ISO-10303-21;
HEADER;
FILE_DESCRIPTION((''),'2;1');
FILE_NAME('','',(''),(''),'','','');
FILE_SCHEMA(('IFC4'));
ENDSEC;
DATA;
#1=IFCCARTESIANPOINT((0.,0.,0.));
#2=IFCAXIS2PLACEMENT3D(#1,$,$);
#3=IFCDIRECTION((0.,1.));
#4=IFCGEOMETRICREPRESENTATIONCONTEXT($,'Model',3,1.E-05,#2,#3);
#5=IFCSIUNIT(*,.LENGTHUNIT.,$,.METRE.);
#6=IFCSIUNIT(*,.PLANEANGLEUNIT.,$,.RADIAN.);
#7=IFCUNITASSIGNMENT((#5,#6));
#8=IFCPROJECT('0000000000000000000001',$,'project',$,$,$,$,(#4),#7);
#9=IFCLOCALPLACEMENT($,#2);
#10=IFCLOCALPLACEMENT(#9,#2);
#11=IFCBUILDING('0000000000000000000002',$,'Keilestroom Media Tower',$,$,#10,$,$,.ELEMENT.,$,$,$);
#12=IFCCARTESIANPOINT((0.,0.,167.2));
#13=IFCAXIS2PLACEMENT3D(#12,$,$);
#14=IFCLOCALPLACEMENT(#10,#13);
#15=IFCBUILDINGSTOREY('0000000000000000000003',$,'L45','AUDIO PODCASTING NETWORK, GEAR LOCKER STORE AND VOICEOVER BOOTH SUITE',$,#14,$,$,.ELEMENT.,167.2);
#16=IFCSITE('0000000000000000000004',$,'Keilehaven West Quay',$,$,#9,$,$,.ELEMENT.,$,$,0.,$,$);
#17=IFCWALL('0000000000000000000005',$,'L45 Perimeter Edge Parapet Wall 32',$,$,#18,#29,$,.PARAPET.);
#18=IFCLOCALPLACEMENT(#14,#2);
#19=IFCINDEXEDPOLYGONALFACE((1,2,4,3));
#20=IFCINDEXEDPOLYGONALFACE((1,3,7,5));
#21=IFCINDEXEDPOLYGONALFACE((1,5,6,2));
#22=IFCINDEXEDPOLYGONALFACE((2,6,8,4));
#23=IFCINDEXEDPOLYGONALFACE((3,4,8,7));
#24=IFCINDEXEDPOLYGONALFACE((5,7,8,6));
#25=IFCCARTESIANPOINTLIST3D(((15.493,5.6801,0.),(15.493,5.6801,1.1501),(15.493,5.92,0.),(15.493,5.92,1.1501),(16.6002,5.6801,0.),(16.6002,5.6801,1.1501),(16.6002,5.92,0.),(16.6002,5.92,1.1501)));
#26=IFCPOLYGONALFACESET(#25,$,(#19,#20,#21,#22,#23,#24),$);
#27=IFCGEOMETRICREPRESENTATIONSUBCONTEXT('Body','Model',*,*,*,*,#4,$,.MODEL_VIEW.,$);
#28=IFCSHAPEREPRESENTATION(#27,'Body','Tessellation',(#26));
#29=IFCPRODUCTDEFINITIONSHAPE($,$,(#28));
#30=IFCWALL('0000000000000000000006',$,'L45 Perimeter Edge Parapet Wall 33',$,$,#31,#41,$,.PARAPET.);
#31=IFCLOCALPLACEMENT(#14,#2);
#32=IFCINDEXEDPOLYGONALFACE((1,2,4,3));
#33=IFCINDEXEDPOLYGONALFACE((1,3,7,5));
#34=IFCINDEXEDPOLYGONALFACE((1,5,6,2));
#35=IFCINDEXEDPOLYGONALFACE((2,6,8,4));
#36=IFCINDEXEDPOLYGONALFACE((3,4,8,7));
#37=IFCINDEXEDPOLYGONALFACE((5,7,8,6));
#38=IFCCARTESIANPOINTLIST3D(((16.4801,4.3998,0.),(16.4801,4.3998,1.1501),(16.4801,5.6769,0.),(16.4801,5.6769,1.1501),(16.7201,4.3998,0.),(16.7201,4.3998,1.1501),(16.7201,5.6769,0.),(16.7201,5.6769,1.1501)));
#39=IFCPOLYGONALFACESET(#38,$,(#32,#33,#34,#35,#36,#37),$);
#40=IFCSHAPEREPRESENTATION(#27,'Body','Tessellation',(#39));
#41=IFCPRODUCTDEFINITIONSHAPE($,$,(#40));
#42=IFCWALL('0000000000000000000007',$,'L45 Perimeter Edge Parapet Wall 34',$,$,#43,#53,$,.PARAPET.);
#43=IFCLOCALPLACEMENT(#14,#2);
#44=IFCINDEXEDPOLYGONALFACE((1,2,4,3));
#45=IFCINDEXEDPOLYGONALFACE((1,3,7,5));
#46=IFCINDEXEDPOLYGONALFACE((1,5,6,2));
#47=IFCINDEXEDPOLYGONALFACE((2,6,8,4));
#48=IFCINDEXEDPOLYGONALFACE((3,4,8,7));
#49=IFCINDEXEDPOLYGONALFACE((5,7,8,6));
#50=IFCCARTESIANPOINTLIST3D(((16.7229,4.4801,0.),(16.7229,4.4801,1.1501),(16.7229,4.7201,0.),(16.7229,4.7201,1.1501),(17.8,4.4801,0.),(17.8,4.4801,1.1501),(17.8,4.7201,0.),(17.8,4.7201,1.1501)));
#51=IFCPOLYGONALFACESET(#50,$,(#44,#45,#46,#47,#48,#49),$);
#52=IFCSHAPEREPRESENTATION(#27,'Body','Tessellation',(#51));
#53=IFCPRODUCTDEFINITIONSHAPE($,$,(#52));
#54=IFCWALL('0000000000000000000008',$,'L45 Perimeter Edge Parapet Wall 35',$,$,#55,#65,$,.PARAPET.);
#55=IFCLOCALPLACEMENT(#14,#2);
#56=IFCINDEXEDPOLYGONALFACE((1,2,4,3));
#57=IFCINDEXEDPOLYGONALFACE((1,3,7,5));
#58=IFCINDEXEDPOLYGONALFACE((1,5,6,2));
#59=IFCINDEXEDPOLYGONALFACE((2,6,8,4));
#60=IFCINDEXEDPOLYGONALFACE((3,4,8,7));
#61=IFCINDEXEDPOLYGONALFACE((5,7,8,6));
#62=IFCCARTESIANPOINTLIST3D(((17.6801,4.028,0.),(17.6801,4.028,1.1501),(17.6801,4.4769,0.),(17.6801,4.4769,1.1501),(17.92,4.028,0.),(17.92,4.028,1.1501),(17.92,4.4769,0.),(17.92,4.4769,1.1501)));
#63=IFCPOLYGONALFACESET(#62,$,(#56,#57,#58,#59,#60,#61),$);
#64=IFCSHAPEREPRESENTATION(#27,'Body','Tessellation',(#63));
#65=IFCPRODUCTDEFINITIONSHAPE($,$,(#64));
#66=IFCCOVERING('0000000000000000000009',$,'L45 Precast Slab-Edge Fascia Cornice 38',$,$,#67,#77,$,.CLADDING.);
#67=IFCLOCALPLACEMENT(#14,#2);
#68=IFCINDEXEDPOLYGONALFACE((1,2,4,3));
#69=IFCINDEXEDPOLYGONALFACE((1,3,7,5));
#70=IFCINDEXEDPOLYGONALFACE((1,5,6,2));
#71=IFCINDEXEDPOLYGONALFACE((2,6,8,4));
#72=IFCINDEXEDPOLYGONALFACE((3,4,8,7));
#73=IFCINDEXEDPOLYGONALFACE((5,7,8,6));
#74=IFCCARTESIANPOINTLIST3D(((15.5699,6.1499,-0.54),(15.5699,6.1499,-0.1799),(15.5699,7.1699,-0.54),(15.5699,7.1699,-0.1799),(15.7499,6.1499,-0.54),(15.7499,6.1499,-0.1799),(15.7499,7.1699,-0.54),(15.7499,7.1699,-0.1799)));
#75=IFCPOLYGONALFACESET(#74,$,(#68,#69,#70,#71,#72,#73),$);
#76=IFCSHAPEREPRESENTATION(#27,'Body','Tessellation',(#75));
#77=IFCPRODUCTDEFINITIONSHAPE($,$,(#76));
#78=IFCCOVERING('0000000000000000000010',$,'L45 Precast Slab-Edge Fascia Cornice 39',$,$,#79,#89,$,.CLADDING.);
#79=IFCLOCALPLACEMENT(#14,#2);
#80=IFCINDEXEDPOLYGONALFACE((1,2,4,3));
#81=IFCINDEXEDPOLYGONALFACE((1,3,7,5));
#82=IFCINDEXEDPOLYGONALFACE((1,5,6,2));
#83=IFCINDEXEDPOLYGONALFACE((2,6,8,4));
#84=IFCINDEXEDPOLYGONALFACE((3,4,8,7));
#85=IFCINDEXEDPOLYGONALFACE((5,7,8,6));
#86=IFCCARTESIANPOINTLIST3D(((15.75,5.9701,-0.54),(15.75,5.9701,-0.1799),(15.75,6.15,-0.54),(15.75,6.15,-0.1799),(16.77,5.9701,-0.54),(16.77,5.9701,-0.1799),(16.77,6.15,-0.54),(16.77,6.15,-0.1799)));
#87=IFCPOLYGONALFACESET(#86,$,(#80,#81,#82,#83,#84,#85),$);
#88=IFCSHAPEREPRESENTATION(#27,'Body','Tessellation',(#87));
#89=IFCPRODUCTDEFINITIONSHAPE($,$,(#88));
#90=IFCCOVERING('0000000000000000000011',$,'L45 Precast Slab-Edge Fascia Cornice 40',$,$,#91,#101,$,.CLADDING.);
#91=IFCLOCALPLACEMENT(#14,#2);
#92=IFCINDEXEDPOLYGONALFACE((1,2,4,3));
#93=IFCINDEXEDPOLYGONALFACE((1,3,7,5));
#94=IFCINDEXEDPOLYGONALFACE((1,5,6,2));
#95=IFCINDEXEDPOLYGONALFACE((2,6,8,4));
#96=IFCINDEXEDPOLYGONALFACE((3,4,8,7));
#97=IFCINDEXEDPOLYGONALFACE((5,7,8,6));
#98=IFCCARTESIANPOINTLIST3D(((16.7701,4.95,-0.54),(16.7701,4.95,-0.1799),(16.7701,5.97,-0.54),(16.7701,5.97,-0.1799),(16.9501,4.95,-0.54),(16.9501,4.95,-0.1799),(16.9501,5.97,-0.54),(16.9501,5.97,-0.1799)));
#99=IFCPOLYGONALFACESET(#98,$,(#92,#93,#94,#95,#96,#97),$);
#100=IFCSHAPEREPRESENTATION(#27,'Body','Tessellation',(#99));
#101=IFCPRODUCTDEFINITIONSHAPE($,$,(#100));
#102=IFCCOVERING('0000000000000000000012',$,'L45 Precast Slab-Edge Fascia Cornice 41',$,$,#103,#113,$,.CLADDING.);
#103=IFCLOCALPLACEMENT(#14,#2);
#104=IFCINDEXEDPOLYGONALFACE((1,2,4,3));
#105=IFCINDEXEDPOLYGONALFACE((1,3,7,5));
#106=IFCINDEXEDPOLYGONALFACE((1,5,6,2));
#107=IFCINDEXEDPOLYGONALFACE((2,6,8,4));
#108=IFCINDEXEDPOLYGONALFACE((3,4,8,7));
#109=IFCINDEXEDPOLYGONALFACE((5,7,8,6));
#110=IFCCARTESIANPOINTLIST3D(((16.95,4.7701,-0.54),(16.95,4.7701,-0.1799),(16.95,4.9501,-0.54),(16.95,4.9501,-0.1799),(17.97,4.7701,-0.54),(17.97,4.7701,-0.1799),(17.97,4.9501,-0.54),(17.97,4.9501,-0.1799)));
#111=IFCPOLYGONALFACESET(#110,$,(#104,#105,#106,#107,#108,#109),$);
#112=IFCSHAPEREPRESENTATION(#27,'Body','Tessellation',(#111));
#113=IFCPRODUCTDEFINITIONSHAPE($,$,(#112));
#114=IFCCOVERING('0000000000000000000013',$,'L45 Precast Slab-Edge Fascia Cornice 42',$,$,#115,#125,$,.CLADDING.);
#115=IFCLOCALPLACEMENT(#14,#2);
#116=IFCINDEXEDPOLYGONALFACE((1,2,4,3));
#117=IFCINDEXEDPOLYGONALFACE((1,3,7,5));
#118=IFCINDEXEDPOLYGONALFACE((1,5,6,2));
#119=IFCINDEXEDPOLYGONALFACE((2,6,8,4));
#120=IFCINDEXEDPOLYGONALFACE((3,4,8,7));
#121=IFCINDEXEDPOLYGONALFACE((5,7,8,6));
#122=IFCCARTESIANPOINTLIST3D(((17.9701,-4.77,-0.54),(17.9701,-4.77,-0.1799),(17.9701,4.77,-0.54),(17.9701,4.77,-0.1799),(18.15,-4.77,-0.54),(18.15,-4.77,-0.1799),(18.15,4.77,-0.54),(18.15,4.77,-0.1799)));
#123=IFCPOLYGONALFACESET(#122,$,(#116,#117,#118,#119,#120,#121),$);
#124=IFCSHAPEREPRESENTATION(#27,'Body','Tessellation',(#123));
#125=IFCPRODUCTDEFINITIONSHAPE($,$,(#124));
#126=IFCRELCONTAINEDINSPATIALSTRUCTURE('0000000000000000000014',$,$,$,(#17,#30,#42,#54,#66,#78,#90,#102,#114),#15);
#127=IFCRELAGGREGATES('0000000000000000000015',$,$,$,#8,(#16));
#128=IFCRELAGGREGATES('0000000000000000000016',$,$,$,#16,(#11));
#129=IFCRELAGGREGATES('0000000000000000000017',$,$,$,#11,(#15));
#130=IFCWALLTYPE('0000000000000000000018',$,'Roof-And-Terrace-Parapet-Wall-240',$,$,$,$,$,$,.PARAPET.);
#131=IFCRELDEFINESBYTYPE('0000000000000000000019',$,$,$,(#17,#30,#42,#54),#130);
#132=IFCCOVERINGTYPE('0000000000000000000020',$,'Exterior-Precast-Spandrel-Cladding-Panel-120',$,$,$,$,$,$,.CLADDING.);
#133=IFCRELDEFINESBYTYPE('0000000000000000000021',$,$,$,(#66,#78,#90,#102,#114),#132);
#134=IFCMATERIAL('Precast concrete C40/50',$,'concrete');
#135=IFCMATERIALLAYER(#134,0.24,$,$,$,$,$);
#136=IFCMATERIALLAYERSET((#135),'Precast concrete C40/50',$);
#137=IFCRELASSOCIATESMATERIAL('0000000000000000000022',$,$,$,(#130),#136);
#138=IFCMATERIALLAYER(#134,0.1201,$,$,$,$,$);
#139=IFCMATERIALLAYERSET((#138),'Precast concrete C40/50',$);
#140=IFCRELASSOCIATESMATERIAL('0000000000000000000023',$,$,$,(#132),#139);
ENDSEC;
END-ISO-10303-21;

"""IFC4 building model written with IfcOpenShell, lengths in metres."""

from ifc_helpers import new_model, si_unit, direction, frame, frame_2d, origin, origin_2d, place, context, subcontext, project, spatial, rectangle, extrude, source, transform, mapped, material, layer, layer_set, type_object, element, save


model = new_model("IFC4")

# Units and contexts
model_context = context("Model", 3, precision=1e-05, world=origin(), true_north=direction((0.0, 1.0)))
body_context = subcontext(model_context, "Body", "Model", "MODEL_VIEW")
ifc_project = project(units=[si_unit("LENGTHUNIT", "METRE"), si_unit("PLANEANGLEUNIT", "RADIAN")], contexts=[model_context])

# Site, building, storey
site_placement = place(None, origin())
site = spatial("IfcSite", under=ifc_project, at=site_placement, Name="Keilehaven West Quay", CompositionType="ELEMENT", RefElevation=0.0)
building_placement = place(site_placement, origin())
building = spatial("IfcBuilding", under=site, at=building_placement, Name="Keilestroom Media Tower", CompositionType="ELEMENT")
storey_placement = place(building_placement, frame((0.0, 0.0, 167.2)))
storey = spatial("IfcBuildingStorey", under=building, at=storey_placement, Name="L45", Description="AUDIO PODCASTING NETWORK, GEAR LOCKER STORE AND VOICEOVER BOOTH SUITE", CompositionType="ELEMENT", Elevation=167.2)

# Shared definitions
ifc_material_1 = material(Name="Precast concrete C40/50", Category="concrete")

# Walls
ifc_layer_1 = layer(ifc_material_1, 0.24)
ifc_layer_set_1 = layer_set([ifc_layer_1], Name="Precast concrete C40/50")
wall_type_1 = type_object("IfcWallType", Name="Roof-And-Terrace-Parapet-Wall-240", PredefinedType="PARAPET", material=ifc_layer_set_1)
wall_1_placement = place(storey_placement, frame((15.4929, 5.8, 0.0), z_axis=(0.0, 0.0, 1.0), x_axis=(1.0, 0.0, 0.0)))
element("IfcWall", 1, at=wall_1_placement, inside=storey, type_object=wall_type_1, Name="L45 Perimeter Edge Parapet Wall 32", PredefinedType="PARAPET", context=body_context, shape_type="SweptSolid", body=[
    extrude(rectangle(XDim=1.1072, YDim=0.24, at=frame_2d((0.5537, 0.0))), origin(), (0.0, 0.0, 1.0), 1.1501),
])
wall_2_placement = place(storey_placement, frame((16.6001, 5.677, 0.0), z_axis=(0.0, 0.0, 1.0), x_axis=(0.0, -1.0, 0.0)))
element("IfcWall", 2, at=wall_2_placement, inside=storey, type_object=wall_type_1, Name="L45 Perimeter Edge Parapet Wall 33", PredefinedType="PARAPET", context=body_context, shape_type="SweptSolid", body=[
    extrude(rectangle(XDim=1.2771, YDim=0.24, at=frame_2d((0.6387, 0.0))), origin(), (0.0, 0.0, 1.0), 1.1501),
])
wall_3_placement = place(storey_placement, frame((16.7229, 4.6001, 0.0), z_axis=(0.0, 0.0, 1.0), x_axis=(1.0, 0.0, 0.0)))
element("IfcWall", 3, at=wall_3_placement, inside=storey, type_object=wall_type_1, Name="L45 Perimeter Edge Parapet Wall 34", PredefinedType="PARAPET", context=body_context, shape_type="SweptSolid", body=[
    extrude(rectangle(XDim=1.0771, YDim=0.24, at=frame_2d((0.5386, 0.0))), origin(), (0.0, 0.0, 1.0), 1.1501),
])
wall_4_placement = place(storey_placement, frame((17.8, 4.4771, 0.0), z_axis=(0.0, 0.0, 1.0), x_axis=(0.0, -1.0, 0.0)))
element("IfcWall", 4, at=wall_4_placement, inside=storey, type_object=wall_type_1, Name="L45 Perimeter Edge Parapet Wall 35", PredefinedType="PARAPET", context=body_context, shape_type="SweptSolid", body=[
    extrude(rectangle(XDim=0.449, YDim=0.24, at=frame_2d((0.2246, 0.0))), origin(), (0.0, 0.0, 1.0), 1.1501),
])

# Coverings
ifc_layer_2 = layer(ifc_material_1, 0.1201)
ifc_layer_set_2 = layer_set([ifc_layer_2], Name="Precast concrete C40/50")
covering_type = type_object("IfcCoveringType", Name="Exterior-Precast-Spandrel-Cladding-Panel-120", PredefinedType="CLADDING", material=ifc_layer_set_2)
shared_shape_1 = source(origin(), body_context, "Body", "SweptSolid", [
    extrude(rectangle(XDim=1.02, YDim=0.1799, at=origin_2d()), origin(), (0.0, 0.0, 1.0), 0.3601),
])
for number, where, z_axis, x_axis, name in (
    (5, (15.6599, 6.6599, -0.54), (0.0, 0.0, 1.0), (0.0, -1.0, 0.0), "L45 Precast Slab-Edge Fascia Cornice 38"),
    (6, (16.26, 6.0601, -0.54), (0.0, 0.0, 1.0), (1.0, 0.0, 0.0), "L45 Precast Slab-Edge Fascia Cornice 39"),
    (7, (16.8601, 5.46, -0.54), (0.0, 0.0, 1.0), (0.0, -1.0, 0.0), "L45 Precast Slab-Edge Fascia Cornice 40"),
    (8, (17.46, 4.8601, -0.54), (0.0, 0.0, 1.0), (1.0, 0.0, 0.0), "L45 Precast Slab-Edge Fascia Cornice 41"),
):
    element("IfcCovering", number, at=place(storey_placement, frame(where, z_axis=z_axis, x_axis=x_axis)), inside=storey, type_object=covering_type, Name=name, PredefinedType="CLADDING", context=body_context, shape_type="MappedRepresentation", body=[
        mapped(shared_shape_1, transform((0.0, 0.0, 0.0), x_axis=(1.0, 0.0, 0.0), y_axis=(0.0, 1.0, 0.0), z_axis=(0.0, 0.0, 1.0), scale=1.0)),
    ])
shared_shape_2 = source(origin(), body_context, "Body", "SweptSolid", [
    extrude(rectangle(XDim=9.54, YDim=0.1799, at=origin_2d()), origin(), (0.0, 0.0, 1.0), 0.3601),
])
covering_placement = place(storey_placement, frame((18.0601, 0.0, -0.54), z_axis=(0.0, 0.0, 1.0), x_axis=(0.0, -1.0, 0.0)))
element("IfcCovering", 9, at=covering_placement, inside=storey, type_object=covering_type, Name="L45 Precast Slab-Edge Fascia Cornice 42", PredefinedType="CLADDING", context=body_context, shape_type="MappedRepresentation", body=[
    mapped(shared_shape_2, transform((0.0, 0.0, 0.0), x_axis=(1.0, 0.0, 0.0), y_axis=(0.0, 1.0, 0.0), z_axis=(0.0, 0.0, 1.0), scale=1.0)),
])

save(model, "model.ifc")
